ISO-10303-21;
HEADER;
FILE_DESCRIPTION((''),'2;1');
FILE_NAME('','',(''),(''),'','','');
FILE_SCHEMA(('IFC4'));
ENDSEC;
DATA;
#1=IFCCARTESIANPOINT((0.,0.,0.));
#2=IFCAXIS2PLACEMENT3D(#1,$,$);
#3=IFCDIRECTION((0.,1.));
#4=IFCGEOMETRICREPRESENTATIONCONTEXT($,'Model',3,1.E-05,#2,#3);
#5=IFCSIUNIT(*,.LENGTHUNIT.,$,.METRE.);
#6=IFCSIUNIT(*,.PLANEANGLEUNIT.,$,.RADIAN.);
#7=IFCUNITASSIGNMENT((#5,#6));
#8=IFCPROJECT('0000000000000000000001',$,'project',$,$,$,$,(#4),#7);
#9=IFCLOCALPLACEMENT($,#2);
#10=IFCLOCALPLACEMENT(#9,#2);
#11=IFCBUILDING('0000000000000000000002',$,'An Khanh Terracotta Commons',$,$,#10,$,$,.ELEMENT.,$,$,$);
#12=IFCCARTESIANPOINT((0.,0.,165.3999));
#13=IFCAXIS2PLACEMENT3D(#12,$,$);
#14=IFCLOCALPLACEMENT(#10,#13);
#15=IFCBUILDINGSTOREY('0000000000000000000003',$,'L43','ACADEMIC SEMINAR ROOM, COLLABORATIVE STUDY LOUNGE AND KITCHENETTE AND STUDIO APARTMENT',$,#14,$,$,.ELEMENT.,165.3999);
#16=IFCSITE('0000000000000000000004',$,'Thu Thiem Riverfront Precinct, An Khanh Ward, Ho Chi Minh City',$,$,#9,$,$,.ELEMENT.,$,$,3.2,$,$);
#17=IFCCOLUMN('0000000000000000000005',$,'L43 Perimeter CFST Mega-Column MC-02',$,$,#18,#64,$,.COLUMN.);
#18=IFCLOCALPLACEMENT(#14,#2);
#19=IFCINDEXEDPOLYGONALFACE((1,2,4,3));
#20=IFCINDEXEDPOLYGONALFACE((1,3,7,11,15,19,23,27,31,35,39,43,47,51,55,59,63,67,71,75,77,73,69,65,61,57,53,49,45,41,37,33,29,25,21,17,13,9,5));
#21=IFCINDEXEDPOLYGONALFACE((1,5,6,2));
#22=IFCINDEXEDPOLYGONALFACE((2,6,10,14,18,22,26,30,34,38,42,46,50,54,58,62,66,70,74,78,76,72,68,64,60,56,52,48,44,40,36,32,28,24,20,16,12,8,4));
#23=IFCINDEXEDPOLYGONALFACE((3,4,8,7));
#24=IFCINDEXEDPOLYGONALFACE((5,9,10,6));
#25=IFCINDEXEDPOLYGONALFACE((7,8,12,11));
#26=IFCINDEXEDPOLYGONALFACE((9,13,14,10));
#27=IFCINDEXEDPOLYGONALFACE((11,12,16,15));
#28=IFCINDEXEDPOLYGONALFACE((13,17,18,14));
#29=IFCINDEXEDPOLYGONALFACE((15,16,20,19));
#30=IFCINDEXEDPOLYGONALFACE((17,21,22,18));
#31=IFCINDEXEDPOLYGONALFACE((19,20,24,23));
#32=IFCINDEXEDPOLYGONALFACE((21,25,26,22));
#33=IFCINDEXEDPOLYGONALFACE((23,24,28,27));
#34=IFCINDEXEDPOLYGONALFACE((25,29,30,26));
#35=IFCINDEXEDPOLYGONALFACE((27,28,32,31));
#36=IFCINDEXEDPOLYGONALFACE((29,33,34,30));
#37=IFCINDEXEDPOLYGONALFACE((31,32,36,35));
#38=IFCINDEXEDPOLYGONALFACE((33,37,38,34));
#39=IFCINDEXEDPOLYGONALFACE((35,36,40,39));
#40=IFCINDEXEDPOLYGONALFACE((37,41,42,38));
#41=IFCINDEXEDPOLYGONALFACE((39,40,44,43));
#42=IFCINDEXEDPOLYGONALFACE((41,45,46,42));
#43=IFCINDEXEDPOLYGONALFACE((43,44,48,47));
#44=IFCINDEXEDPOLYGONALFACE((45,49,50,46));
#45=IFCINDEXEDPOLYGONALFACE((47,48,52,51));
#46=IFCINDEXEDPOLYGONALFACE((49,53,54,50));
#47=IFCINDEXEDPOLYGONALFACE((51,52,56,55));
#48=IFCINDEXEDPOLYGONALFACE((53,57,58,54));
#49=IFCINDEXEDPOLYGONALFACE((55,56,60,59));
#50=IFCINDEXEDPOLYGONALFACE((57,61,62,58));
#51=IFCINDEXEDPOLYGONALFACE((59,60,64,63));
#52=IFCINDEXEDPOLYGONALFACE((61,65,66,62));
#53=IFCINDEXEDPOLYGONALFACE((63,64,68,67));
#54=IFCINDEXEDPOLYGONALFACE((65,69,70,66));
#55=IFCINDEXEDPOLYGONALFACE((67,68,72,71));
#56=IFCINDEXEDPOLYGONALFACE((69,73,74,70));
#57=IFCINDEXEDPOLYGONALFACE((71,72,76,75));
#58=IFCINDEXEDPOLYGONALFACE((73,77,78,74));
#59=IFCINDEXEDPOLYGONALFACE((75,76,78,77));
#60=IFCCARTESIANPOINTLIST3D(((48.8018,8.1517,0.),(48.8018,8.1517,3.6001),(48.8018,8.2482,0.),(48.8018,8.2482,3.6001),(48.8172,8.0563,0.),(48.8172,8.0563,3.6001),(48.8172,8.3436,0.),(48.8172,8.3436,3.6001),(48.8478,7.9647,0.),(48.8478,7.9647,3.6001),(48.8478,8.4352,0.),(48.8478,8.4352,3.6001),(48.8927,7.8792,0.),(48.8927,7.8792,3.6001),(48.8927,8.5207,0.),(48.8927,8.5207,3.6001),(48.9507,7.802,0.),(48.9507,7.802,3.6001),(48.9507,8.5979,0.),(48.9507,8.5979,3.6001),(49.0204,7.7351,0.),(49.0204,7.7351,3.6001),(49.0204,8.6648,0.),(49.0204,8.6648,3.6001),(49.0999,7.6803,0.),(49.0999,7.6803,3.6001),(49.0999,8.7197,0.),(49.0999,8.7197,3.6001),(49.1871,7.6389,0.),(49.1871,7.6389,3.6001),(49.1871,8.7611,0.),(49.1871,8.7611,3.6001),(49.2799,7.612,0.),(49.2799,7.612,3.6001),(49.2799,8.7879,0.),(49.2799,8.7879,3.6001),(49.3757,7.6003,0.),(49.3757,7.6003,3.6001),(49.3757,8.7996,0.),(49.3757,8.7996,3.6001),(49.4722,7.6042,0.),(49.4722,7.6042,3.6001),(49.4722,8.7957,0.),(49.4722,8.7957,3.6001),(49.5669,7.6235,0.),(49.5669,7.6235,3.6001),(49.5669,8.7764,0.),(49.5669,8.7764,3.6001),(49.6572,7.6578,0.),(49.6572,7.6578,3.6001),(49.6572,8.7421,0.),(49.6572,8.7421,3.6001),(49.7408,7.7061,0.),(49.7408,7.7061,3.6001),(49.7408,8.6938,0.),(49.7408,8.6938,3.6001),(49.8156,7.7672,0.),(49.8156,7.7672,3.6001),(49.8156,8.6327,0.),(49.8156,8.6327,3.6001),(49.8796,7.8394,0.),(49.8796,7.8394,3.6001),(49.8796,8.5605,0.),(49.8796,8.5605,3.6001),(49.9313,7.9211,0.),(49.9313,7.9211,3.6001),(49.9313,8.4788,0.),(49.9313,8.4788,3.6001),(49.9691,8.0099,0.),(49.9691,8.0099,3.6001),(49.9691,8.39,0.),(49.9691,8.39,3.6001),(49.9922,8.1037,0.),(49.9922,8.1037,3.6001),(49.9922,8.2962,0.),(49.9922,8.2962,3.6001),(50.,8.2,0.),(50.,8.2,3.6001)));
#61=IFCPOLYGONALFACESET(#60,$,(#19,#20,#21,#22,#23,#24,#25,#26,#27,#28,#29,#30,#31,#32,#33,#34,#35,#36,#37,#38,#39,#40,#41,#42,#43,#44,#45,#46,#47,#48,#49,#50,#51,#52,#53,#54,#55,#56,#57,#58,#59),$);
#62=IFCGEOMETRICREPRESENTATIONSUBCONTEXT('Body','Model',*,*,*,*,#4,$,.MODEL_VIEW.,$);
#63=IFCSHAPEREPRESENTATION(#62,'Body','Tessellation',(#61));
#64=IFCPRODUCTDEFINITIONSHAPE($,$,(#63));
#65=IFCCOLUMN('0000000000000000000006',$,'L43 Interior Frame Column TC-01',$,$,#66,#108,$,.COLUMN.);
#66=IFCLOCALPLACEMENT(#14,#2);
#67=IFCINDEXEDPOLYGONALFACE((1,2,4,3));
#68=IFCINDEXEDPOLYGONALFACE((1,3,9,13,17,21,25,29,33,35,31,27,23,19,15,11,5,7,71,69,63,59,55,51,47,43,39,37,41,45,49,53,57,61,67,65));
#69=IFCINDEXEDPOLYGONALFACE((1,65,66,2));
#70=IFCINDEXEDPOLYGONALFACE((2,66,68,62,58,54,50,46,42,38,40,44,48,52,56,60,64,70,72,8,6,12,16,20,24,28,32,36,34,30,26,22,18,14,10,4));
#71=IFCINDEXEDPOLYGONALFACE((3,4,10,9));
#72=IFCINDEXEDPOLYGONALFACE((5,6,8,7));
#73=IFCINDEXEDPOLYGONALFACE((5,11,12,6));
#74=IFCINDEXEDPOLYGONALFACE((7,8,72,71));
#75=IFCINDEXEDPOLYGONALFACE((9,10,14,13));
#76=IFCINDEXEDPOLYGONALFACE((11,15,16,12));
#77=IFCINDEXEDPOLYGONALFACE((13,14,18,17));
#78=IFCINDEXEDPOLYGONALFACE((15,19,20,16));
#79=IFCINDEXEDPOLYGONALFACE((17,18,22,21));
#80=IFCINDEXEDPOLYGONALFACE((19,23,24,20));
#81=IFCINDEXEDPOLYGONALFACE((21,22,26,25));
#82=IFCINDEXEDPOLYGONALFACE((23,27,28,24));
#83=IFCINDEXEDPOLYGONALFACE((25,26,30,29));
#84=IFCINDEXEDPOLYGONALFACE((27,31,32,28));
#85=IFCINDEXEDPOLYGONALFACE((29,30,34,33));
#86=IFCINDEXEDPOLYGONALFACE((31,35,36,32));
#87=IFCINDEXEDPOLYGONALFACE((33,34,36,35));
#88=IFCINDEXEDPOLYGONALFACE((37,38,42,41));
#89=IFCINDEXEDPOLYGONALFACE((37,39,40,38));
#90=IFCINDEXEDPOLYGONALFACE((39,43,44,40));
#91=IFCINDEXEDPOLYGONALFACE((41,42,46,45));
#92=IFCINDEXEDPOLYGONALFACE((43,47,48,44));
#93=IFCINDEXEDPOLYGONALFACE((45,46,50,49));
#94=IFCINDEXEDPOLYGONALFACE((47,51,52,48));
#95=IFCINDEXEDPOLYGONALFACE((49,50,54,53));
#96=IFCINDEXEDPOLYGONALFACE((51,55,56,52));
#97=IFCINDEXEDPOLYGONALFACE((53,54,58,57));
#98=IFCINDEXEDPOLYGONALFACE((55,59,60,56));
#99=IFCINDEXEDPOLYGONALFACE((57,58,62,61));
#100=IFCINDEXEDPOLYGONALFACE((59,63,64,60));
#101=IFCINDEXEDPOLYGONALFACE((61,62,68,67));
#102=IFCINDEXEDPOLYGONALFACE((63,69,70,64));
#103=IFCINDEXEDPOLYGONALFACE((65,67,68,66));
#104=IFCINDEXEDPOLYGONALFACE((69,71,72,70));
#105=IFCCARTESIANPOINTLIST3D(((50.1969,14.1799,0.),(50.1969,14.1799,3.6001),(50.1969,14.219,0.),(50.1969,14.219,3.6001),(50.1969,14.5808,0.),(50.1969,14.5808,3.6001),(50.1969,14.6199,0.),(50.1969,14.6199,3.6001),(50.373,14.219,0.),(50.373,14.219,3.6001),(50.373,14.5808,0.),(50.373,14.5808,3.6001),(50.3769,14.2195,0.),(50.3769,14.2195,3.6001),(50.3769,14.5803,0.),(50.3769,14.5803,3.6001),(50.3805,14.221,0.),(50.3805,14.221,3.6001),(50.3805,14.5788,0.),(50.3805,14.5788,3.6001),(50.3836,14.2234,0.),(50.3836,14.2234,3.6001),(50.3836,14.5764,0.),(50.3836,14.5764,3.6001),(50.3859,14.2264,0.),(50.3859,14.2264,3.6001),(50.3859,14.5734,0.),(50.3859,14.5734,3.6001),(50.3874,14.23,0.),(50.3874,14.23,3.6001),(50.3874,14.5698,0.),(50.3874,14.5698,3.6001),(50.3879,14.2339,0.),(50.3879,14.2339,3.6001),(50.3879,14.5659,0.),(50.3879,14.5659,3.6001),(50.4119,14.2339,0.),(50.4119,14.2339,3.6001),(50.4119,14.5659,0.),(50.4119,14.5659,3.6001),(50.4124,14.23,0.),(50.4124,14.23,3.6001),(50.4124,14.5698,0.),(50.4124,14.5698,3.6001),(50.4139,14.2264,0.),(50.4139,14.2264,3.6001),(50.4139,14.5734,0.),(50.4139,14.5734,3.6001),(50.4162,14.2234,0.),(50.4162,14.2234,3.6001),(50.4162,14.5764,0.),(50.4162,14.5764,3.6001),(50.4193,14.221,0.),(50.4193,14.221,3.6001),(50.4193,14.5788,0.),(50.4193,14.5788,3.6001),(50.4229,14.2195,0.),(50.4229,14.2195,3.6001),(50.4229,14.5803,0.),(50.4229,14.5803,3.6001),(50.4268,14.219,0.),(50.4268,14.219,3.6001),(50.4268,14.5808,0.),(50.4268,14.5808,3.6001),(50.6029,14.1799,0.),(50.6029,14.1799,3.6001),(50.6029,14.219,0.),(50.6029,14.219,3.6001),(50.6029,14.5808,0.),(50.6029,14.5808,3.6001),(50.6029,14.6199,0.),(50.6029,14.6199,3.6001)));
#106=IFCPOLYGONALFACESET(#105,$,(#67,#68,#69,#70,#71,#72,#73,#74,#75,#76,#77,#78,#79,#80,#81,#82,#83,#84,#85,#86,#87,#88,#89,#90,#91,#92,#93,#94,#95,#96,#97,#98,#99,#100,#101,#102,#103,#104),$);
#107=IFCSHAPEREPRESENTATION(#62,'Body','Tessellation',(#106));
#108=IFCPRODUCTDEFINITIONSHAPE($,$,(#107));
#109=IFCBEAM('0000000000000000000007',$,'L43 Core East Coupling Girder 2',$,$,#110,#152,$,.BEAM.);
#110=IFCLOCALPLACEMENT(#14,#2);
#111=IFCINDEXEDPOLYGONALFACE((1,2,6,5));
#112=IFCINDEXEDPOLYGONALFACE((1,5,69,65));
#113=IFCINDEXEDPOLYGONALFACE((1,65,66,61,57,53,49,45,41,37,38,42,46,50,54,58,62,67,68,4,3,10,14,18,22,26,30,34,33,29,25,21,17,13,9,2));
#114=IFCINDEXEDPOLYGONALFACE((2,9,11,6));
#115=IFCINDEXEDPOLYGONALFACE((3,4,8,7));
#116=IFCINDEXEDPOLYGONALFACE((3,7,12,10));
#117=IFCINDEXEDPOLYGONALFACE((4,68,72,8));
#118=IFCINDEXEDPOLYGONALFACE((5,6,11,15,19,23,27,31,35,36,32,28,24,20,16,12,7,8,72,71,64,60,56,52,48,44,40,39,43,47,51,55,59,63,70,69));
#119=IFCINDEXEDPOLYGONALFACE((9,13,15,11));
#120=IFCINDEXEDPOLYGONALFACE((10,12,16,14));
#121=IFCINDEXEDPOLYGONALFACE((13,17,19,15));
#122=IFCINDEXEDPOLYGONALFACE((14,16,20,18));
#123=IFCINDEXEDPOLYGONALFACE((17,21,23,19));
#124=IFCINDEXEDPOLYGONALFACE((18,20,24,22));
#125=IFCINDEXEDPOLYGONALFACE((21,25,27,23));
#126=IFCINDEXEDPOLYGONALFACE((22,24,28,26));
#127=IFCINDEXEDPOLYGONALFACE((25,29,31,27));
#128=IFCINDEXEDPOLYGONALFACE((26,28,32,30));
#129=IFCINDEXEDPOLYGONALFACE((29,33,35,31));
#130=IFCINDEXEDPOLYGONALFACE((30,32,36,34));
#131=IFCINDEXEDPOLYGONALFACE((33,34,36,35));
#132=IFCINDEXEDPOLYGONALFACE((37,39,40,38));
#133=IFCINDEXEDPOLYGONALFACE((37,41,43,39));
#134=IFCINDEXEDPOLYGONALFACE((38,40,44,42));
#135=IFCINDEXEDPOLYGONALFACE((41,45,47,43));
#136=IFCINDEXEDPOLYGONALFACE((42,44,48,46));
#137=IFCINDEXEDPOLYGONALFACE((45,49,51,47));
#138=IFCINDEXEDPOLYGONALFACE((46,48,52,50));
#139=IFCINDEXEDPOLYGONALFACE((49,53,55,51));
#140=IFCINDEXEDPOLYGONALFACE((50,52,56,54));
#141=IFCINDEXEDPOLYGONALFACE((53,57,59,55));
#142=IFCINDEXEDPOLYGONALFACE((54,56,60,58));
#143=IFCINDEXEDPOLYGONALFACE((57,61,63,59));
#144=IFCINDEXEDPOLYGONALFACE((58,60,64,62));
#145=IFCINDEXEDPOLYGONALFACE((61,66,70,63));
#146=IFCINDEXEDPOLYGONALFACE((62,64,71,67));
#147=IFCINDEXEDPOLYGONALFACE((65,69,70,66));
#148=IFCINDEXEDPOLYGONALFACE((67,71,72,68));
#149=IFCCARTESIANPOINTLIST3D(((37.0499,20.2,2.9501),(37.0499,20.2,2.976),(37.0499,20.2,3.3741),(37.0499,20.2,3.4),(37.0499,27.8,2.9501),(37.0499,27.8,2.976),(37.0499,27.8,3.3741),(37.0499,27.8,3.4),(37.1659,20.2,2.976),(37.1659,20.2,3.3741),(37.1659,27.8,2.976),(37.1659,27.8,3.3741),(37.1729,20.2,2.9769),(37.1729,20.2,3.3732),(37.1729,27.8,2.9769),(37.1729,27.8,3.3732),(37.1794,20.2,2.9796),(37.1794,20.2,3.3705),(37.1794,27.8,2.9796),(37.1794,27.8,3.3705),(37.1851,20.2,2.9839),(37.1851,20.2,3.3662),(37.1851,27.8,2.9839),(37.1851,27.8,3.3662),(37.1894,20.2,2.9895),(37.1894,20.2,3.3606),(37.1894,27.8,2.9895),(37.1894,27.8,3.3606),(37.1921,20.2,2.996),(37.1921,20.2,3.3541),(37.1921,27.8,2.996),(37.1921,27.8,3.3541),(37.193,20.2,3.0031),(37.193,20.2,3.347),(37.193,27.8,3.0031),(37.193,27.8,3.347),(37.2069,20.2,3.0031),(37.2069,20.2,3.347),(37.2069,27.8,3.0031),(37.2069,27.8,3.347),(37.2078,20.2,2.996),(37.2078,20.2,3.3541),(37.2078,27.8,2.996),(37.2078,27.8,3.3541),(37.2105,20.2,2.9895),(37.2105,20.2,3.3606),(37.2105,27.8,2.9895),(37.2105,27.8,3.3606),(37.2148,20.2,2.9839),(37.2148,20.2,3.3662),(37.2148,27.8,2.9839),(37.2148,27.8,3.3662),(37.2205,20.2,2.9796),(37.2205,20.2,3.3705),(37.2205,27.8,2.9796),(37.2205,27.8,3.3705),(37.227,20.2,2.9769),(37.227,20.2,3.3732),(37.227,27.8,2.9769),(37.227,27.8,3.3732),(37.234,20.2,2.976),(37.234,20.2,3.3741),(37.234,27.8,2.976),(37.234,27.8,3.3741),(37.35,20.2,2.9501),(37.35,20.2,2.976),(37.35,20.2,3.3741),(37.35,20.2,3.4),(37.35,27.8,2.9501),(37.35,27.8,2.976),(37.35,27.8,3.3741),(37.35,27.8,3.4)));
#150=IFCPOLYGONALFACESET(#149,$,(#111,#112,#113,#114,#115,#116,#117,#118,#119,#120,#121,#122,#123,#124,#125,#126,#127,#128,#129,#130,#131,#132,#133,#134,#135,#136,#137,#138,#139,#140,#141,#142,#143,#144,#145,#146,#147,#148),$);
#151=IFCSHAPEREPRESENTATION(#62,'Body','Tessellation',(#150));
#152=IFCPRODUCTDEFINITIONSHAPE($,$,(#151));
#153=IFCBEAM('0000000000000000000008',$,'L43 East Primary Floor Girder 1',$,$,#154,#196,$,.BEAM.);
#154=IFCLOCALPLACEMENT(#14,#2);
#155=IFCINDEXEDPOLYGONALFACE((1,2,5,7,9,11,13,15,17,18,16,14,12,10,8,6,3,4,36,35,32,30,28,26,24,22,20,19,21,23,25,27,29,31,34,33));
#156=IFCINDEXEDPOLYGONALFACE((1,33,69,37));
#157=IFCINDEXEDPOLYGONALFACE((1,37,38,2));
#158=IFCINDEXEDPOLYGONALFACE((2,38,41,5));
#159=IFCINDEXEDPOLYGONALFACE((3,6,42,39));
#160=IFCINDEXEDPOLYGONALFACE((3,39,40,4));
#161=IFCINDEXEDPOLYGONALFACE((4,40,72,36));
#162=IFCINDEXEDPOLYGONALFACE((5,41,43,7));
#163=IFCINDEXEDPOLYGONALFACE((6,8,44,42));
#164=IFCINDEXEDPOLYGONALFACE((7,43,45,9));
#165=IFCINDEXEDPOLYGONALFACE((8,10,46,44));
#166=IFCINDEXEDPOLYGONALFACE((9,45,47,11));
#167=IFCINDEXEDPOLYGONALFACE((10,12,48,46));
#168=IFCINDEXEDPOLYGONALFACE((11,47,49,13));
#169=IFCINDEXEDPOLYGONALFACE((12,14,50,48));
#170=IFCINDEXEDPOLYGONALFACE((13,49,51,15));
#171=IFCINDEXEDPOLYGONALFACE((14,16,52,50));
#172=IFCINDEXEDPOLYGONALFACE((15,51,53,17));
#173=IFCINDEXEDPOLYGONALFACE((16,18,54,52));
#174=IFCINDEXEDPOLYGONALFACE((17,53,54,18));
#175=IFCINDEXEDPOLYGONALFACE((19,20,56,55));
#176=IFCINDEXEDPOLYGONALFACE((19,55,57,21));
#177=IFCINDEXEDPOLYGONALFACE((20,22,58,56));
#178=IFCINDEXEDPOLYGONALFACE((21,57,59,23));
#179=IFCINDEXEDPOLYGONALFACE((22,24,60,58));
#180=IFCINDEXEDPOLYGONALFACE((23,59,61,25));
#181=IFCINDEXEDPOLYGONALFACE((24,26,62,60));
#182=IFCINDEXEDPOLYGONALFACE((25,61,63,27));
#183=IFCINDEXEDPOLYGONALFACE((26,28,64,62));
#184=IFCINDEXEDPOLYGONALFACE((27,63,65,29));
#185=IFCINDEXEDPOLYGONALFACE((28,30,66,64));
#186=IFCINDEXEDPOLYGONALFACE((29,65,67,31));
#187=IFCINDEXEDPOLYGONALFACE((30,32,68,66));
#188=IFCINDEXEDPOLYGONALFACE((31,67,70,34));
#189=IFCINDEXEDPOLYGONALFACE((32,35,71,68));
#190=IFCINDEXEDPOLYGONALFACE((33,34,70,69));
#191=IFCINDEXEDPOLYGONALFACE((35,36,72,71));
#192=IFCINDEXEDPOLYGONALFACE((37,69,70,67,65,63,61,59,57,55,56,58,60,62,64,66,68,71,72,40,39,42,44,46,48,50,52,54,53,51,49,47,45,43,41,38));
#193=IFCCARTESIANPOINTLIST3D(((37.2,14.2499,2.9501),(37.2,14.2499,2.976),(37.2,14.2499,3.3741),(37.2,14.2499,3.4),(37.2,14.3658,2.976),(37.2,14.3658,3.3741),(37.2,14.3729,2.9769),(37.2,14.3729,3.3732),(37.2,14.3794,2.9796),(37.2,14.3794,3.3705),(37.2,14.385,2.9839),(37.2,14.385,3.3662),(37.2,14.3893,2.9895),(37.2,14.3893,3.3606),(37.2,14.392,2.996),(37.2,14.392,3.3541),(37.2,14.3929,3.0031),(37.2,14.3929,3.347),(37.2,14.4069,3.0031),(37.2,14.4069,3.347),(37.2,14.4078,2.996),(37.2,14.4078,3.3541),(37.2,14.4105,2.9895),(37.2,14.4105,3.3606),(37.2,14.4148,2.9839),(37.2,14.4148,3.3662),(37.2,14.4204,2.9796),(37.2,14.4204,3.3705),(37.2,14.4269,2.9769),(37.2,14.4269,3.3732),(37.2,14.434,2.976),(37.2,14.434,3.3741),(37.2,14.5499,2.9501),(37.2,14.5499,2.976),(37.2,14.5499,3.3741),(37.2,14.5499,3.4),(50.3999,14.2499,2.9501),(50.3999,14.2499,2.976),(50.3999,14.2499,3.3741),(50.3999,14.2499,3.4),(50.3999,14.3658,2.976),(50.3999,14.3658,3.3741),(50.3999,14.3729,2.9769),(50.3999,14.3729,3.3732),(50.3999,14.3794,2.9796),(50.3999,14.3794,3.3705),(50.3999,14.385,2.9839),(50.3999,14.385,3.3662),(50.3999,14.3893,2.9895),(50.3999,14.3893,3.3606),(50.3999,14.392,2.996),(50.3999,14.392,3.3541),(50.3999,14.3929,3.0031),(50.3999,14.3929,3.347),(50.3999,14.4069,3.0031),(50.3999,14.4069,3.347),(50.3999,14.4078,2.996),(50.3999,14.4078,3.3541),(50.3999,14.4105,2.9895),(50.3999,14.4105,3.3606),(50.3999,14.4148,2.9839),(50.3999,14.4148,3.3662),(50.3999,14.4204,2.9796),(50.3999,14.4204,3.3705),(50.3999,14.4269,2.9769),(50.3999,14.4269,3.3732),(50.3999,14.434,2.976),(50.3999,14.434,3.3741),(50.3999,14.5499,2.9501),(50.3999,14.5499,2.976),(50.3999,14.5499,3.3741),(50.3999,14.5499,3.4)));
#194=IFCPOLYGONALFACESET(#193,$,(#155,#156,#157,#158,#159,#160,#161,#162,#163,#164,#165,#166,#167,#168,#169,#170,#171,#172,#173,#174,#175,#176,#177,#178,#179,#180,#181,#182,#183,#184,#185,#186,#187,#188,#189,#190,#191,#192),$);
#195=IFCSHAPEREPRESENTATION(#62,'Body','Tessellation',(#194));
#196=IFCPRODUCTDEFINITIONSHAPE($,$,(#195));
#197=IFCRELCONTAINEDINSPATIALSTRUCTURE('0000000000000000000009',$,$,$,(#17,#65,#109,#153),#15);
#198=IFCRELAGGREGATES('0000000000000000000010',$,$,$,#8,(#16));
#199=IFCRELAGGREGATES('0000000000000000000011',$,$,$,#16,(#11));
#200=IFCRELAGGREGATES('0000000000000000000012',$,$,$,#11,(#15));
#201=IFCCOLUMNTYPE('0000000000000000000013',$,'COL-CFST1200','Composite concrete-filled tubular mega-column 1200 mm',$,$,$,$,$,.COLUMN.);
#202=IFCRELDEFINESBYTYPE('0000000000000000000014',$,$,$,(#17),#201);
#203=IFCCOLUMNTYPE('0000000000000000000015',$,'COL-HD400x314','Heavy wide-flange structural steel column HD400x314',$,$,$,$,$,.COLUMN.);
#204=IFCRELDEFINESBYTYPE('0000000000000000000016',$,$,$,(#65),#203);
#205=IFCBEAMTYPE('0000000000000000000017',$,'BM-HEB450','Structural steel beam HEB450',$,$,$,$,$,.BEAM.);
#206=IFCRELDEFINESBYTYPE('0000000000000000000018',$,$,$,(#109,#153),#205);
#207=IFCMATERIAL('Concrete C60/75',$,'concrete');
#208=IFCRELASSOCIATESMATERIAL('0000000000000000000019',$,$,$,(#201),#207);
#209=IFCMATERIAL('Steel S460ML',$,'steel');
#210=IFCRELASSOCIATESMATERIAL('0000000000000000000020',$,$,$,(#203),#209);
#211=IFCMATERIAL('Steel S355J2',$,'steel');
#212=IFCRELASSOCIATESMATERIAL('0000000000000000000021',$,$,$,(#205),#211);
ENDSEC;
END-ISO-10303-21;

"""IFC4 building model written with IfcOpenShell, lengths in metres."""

from ifc_helpers import new_model, si_unit, direction, frame, origin, origin_2d, place, context, subcontext, project, spatial, circle, i_section, extrude, material, material_profile, profile_set, type_object, element, save


model = new_model("IFC4")

# Units and contexts
model_context = context("Model", 3, precision=1e-05, world=origin(), true_north=direction((0.0, 1.0)))
body_context = subcontext(model_context, "Body", "Model", "MODEL_VIEW")
ifc_project = project(units=[si_unit("LENGTHUNIT", "METRE"), si_unit("PLANEANGLEUNIT", "RADIAN")], contexts=[model_context])

# Site, building, storey
site_placement = place(None, origin())
site = spatial("IfcSite", under=ifc_project, at=site_placement, Name="Thu Thiem Riverfront Precinct, An Khanh Ward, Ho Chi Minh City", CompositionType="ELEMENT", RefElevation=3.2)
building_placement = place(site_placement, origin())
building = spatial("IfcBuilding", under=site, at=building_placement, Name="An Khanh Terracotta Commons", CompositionType="ELEMENT")
storey_placement = place(building_placement, frame((0.0, 0.0, 165.3999)))
storey = spatial("IfcBuildingStorey", under=building, at=storey_placement, Name="L43", Description="ACADEMIC SEMINAR ROOM, COLLABORATIVE STUDY LOUNGE AND KITCHENETTE AND STUDIO APARTMENT", CompositionType="ELEMENT", Elevation=165.3999)

# Columns
ifc_material_1 = material(Name="Concrete C60/75", Category="concrete")
ifc_material_profile_1 = material_profile(ifc_material_1, circle(Radius=0.6001, at=origin_2d()), Name="CFST1200")
ifc_profile_set_1 = profile_set([ifc_material_profile_1], Name="Concrete C60/75")
column_type_1 = type_object("IfcColumnType", Name="COL-CFST1200", Description="Composite concrete-filled tubular mega-column 1200 mm", PredefinedType="COLUMN", material=ifc_profile_set_1)
column_1_placement = place(storey_placement, frame((49.3999, 8.2, 0.0), z_axis=(0.0, 0.0, 1.0), x_axis=(1.0, 0.0, 0.0)))
element("IfcColumn", 1, at=column_1_placement, inside=storey, type_object=column_type_1, Name="L43 Perimeter CFST Mega-Column MC-02", PredefinedType="COLUMN", context=body_context, shape_type="SweptSolid", body=[
    extrude(circle(Radius=0.6001, at=origin_2d()), origin(), (0.0, 0.0, 1.0), 3.6001),
])
ifc_material_2 = material(Name="Steel S460ML", Category="steel")
ifc_material_profile_2 = material_profile(ifc_material_2, i_section(OverallWidth=0.406, OverallDepth=0.4399, WebThickness=0.0239, FlangeThickness=0.0391, FilletRadius=0.0149, at=origin_2d()), Name="HD400x314")
ifc_profile_set_2 = profile_set([ifc_material_profile_2], Name="Steel S460ML")
column_type_2 = type_object("IfcColumnType", Name="COL-HD400x314", Description="Heavy wide-flange structural steel column HD400x314", PredefinedType="COLUMN", material=ifc_profile_set_2)
column_2_placement = place(storey_placement, frame((50.3999, 14.3999, 0.0), z_axis=(0.0, 0.0, 1.0), x_axis=(1.0, 0.0, 0.0)))
element("IfcColumn", 2, at=column_2_placement, inside=storey, type_object=column_type_2, Name="L43 Interior Frame Column TC-01", PredefinedType="COLUMN", context=body_context, shape_type="SweptSolid", body=[
    extrude(i_section(OverallWidth=0.406, OverallDepth=0.4399, WebThickness=0.0239, FlangeThickness=0.0391, FilletRadius=0.0149, at=origin_2d()), origin(), (0.0, 0.0, 1.0), 3.6001),
])

# Beams
ifc_material_3 = material(Name="Steel S355J2", Category="steel")
ifc_material_profile_3 = material_profile(ifc_material_3, i_section(OverallWidth=0.3, OverallDepth=0.45, WebThickness=0.0139, FlangeThickness=0.0259, FilletRadius=0.0271, at=origin_2d()), Name="HEB450")
ifc_profile_set_3 = profile_set([ifc_material_profile_3], Name="Steel S355J2")
beam_type_1 = type_object("IfcBeamType", Name="BM-HEB450", Description="Structural steel beam HEB450", PredefinedType="BEAM", material=ifc_profile_set_3)
beam_1_placement = place(storey_placement, frame((37.2, 20.2, 3.175), z_axis=(0.0, 1.0, 0.0), x_axis=(-1.0, 0.0, 0.0)))
element("IfcBeam", 3, at=beam_1_placement, inside=storey, type_object=beam_type_1, Name="L43 Core East Coupling Girder 2", PredefinedType="BEAM", context=body_context, shape_type="SweptSolid", body=[
    extrude(i_section(OverallWidth=0.3, OverallDepth=0.45, WebThickness=0.0139, FlangeThickness=0.0259, FilletRadius=0.0271, at=origin_2d()), origin(), (0.0, 0.0, 1.0), 7.6001),
])
for number, where, z_axis, x_axis, name in (
    (4, (37.2, 14.3999, 3.175), (1.0, 0.0, 0.0), (0.0, 1.0, 0.0), "L43 East Primary Floor Girder 1"),
):
    element("IfcBeam", number, at=place(storey_placement, frame(where, z_axis=z_axis, x_axis=x_axis)), inside=storey, type_object=beam_type_1, Name=name, PredefinedType="BEAM", context=body_context, shape_type="SweptSolid", body=[
        extrude(i_section(OverallWidth=0.3, OverallDepth=0.45, WebThickness=0.0139, FlangeThickness=0.0259, FilletRadius=0.0271, at=origin_2d()), origin(), (0.0, 0.0, 1.0), 13.2),
    ])

save(model, "model.ifc")
